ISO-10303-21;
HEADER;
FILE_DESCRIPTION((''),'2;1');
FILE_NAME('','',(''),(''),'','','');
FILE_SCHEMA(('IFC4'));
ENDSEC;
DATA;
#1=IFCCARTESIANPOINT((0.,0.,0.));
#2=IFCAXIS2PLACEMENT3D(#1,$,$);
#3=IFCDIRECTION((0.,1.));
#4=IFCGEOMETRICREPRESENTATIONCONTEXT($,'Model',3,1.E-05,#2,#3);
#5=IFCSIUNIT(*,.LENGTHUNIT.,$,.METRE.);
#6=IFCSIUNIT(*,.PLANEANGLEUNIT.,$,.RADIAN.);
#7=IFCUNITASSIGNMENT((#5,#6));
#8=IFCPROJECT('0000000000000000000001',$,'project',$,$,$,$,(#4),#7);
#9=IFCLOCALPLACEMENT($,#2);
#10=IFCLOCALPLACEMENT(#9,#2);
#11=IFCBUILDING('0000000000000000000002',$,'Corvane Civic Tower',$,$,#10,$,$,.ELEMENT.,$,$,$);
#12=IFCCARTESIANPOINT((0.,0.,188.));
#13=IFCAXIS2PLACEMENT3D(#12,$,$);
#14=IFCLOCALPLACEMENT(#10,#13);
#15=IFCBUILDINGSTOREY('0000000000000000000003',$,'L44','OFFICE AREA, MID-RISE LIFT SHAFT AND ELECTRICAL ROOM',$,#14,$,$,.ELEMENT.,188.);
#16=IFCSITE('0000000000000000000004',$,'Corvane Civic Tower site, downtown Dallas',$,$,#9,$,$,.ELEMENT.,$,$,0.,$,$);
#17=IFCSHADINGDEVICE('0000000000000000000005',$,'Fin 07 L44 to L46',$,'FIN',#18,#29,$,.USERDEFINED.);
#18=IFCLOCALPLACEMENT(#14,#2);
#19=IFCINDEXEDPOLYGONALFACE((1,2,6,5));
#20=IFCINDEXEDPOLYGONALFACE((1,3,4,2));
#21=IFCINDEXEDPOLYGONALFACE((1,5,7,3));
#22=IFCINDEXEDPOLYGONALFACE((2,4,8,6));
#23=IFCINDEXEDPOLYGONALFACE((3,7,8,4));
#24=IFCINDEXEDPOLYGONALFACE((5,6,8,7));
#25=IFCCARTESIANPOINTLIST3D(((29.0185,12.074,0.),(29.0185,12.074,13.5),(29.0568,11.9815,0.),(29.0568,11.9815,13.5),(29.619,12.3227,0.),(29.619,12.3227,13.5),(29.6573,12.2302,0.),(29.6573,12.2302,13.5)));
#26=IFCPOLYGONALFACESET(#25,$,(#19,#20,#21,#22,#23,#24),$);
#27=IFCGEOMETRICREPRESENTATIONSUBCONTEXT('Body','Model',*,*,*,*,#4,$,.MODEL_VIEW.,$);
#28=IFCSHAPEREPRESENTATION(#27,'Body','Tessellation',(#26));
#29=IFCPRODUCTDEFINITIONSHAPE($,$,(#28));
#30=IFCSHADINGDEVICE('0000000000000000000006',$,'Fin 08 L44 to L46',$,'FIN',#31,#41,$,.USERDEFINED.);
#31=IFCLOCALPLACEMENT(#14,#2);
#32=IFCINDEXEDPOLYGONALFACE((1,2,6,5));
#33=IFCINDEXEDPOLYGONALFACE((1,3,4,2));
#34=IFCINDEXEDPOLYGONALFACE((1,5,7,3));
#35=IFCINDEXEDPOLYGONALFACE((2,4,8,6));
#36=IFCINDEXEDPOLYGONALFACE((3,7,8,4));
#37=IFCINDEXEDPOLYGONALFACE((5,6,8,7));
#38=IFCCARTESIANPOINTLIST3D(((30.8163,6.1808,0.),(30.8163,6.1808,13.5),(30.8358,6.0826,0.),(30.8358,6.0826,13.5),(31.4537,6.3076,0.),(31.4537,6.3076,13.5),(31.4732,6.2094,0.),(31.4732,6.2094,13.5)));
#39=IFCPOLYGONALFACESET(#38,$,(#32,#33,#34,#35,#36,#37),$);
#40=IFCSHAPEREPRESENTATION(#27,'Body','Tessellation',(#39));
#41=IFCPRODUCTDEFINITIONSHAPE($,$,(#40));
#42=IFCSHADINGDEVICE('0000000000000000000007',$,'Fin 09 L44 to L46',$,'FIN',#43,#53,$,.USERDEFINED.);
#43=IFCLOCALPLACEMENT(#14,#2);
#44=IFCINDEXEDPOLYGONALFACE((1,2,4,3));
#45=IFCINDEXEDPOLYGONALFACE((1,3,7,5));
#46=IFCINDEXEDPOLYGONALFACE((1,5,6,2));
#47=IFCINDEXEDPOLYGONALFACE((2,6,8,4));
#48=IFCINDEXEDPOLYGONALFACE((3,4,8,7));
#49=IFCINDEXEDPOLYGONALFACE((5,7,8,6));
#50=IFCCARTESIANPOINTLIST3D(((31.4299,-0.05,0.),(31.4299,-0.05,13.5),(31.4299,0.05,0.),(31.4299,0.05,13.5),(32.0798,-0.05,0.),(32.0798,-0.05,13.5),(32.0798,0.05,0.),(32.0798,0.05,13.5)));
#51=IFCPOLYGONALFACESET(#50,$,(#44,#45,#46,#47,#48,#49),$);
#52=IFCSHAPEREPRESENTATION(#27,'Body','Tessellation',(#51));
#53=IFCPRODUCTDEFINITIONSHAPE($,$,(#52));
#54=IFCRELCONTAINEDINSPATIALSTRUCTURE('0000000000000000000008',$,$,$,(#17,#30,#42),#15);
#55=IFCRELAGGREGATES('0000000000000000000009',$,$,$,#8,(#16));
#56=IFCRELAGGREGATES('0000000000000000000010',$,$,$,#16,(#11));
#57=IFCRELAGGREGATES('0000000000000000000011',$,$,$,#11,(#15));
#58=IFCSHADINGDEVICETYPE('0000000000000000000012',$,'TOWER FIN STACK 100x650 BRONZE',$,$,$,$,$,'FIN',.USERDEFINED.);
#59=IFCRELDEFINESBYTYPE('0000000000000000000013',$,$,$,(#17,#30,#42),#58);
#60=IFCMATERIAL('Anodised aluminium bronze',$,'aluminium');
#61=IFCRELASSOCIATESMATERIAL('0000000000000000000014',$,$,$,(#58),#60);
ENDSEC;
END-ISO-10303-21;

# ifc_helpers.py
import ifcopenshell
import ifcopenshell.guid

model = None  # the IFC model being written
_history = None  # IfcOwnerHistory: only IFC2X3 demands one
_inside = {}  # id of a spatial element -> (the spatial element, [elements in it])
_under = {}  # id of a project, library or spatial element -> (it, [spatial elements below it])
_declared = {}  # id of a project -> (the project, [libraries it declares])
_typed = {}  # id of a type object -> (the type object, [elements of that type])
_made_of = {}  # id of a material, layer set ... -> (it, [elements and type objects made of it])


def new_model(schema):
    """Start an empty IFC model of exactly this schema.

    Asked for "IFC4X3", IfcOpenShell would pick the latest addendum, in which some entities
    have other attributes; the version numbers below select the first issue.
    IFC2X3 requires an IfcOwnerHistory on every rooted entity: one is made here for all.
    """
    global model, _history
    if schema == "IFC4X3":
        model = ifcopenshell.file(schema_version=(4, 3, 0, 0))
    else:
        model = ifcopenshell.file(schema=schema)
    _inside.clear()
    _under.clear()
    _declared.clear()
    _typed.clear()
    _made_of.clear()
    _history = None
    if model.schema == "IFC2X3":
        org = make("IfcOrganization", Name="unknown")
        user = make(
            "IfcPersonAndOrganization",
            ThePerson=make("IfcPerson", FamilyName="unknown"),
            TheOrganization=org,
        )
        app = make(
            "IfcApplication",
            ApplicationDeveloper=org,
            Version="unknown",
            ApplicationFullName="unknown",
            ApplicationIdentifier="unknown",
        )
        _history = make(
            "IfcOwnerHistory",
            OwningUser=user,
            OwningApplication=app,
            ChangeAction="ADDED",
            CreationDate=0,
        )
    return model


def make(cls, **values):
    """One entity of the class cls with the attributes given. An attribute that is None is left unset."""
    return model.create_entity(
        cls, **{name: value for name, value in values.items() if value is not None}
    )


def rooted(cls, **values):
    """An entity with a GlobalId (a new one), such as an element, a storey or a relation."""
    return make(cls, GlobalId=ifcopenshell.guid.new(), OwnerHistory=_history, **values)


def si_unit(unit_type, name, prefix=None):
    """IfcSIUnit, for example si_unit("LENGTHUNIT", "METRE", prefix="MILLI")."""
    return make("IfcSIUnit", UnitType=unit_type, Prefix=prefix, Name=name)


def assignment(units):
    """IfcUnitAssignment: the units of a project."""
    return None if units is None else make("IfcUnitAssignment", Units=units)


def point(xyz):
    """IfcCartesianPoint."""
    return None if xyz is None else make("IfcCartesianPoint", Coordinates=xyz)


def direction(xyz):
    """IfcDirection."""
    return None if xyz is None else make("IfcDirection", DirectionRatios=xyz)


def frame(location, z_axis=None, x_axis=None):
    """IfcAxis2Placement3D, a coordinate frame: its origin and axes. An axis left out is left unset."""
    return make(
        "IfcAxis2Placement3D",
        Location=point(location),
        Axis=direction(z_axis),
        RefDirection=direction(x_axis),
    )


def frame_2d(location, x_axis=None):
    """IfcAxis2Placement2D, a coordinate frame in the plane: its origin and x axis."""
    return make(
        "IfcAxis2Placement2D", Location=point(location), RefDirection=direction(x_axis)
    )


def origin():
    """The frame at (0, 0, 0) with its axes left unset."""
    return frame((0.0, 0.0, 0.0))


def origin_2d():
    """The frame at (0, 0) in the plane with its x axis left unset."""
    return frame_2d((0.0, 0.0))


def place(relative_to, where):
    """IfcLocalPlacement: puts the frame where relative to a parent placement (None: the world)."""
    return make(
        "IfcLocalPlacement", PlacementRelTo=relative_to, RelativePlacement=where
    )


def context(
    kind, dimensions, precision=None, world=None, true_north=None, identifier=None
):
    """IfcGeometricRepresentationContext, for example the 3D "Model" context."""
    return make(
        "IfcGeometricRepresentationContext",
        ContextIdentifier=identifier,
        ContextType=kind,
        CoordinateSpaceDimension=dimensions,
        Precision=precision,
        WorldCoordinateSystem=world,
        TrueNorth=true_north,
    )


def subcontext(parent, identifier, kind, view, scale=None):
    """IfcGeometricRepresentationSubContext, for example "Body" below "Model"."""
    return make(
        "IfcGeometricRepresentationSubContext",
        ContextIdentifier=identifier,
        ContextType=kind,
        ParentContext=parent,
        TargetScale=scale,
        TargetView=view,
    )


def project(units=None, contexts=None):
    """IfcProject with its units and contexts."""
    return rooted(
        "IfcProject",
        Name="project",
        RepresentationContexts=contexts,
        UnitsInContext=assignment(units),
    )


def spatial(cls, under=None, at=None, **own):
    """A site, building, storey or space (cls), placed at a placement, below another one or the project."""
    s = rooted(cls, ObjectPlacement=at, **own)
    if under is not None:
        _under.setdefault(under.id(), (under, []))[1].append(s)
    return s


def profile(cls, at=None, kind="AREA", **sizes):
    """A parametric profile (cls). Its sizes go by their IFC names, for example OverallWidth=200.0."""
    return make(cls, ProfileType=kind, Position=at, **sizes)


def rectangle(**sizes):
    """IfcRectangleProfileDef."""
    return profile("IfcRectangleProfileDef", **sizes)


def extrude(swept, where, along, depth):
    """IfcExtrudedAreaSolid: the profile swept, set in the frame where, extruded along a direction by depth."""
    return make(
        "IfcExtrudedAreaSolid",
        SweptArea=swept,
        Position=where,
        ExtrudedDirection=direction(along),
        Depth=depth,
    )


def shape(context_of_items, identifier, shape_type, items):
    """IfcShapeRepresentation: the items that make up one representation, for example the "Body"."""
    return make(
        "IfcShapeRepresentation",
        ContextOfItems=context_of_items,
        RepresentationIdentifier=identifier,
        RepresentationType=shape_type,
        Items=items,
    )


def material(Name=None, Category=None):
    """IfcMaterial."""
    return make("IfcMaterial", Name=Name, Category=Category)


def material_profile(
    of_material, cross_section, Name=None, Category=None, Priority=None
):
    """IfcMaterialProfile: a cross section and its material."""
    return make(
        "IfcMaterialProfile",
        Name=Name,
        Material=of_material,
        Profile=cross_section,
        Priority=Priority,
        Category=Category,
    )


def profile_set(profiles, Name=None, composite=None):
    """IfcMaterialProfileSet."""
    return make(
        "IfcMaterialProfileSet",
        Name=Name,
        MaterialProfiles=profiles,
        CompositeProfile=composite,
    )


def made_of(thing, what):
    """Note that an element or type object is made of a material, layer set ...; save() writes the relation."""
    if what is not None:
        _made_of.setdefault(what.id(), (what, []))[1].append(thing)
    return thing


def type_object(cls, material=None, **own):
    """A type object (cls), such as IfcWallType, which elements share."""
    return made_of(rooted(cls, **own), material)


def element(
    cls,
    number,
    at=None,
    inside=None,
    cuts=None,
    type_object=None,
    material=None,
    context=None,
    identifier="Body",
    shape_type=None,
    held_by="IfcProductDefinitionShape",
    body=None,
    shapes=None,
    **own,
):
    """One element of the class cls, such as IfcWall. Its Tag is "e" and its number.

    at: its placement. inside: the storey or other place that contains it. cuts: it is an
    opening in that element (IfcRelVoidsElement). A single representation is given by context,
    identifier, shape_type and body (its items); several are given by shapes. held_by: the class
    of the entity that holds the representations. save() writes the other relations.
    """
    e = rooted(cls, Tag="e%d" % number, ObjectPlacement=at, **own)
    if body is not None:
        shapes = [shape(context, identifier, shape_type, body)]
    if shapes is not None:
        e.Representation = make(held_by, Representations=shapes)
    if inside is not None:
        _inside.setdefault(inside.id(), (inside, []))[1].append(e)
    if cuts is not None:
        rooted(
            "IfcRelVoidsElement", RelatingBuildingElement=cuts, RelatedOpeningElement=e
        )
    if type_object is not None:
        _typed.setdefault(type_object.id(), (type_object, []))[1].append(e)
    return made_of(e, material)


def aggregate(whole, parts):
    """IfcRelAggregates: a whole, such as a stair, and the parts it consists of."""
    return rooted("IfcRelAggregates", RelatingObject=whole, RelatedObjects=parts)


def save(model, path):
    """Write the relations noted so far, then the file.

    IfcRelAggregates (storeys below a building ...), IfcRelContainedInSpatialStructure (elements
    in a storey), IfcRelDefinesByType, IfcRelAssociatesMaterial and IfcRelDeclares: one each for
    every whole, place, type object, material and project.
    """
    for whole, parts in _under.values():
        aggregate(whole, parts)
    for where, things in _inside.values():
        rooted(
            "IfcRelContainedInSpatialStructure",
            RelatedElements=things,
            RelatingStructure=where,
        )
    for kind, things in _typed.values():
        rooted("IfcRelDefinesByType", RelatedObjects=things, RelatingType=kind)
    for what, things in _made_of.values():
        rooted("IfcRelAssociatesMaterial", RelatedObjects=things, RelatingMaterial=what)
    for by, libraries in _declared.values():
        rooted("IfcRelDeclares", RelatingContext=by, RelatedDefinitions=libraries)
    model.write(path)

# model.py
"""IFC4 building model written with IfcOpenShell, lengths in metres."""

from ifc_helpers import new_model, si_unit, direction, frame, origin, origin_2d, place, context, subcontext, project, spatial, rectangle, extrude, material, material_profile, profile_set, type_object, element, save


model = new_model("IFC4")

# Units and contexts
model_context = context("Model", 3, precision=1e-05, world=origin(), true_north=direction((0.0, 1.0)))
body_context = subcontext(model_context, "Body", "Model", "MODEL_VIEW")
ifc_project = project(units=[si_unit("LENGTHUNIT", "METRE"), si_unit("PLANEANGLEUNIT", "RADIAN")], contexts=[model_context])

# Site, building, storey
site_placement = place(None, origin())
site = spatial("IfcSite", under=ifc_project, at=site_placement, Name="Corvane Civic Tower site, downtown Dallas", CompositionType="ELEMENT", RefElevation=0.0)
building_placement = place(site_placement, origin())
building = spatial("IfcBuilding", under=site, at=building_placement, Name="Corvane Civic Tower", CompositionType="ELEMENT")
storey_placement = place(building_placement, frame((0.0, 0.0, 188.0)))
storey = spatial("IfcBuildingStorey", under=building, at=storey_placement, Name="L44", Description="OFFICE AREA, MID-RISE LIFT SHAFT AND ELECTRICAL ROOM", CompositionType="ELEMENT", Elevation=188.0)

# Shading devices
ifc_material_1 = material(Name="Anodised aluminium bronze", Category="aluminium")
ifc_material_profile_1 = material_profile(ifc_material_1, rectangle(XDim=0.1001, YDim=0.6499, at=origin_2d()), Name="TOWER FIN STACK 100x650 BRONZE")
ifc_profile_set_1 = profile_set([ifc_material_profile_1], Name="Anodised aluminium bronze")
shading_device_type = type_object("IfcShadingDeviceType", Name="TOWER FIN STACK 100x650 BRONZE", ElementType="FIN", PredefinedType="USERDEFINED", material=ifc_profile_set_1)
for number, where, z_axis, x_axis, name in (
    (1, (29.3379, 12.1521, 0.0), (0.0, 0.0, 1.0), (0.382683, -0.92388, 0.0), "Fin 07 L44 to L46"),
    (2, (31.1448, 6.1951, 0.0), (0.0, 0.0, 1.0), (0.19509, -0.980785, 0.0), "Fin 08 L44 to L46"),
    (3, (31.7549, 0.0, 0.0), (0.0, 0.0, 1.0), (0.0, -1.0, 0.0), "Fin 09 L44 to L46"),
):
    element("IfcShadingDevice", number, at=place(storey_placement, frame(where, z_axis=z_axis, x_axis=x_axis)), inside=storey, type_object=shading_device_type, Name=name, ObjectType="FIN", PredefinedType="USERDEFINED", context=body_context, shape_type="SweptSolid", body=[
        extrude(rectangle(XDim=0.1001, YDim=0.6499, at=origin_2d()), origin(), (0.0, 0.0, 1.0), 13.5),
    ])

save(model, "model.ifc")
